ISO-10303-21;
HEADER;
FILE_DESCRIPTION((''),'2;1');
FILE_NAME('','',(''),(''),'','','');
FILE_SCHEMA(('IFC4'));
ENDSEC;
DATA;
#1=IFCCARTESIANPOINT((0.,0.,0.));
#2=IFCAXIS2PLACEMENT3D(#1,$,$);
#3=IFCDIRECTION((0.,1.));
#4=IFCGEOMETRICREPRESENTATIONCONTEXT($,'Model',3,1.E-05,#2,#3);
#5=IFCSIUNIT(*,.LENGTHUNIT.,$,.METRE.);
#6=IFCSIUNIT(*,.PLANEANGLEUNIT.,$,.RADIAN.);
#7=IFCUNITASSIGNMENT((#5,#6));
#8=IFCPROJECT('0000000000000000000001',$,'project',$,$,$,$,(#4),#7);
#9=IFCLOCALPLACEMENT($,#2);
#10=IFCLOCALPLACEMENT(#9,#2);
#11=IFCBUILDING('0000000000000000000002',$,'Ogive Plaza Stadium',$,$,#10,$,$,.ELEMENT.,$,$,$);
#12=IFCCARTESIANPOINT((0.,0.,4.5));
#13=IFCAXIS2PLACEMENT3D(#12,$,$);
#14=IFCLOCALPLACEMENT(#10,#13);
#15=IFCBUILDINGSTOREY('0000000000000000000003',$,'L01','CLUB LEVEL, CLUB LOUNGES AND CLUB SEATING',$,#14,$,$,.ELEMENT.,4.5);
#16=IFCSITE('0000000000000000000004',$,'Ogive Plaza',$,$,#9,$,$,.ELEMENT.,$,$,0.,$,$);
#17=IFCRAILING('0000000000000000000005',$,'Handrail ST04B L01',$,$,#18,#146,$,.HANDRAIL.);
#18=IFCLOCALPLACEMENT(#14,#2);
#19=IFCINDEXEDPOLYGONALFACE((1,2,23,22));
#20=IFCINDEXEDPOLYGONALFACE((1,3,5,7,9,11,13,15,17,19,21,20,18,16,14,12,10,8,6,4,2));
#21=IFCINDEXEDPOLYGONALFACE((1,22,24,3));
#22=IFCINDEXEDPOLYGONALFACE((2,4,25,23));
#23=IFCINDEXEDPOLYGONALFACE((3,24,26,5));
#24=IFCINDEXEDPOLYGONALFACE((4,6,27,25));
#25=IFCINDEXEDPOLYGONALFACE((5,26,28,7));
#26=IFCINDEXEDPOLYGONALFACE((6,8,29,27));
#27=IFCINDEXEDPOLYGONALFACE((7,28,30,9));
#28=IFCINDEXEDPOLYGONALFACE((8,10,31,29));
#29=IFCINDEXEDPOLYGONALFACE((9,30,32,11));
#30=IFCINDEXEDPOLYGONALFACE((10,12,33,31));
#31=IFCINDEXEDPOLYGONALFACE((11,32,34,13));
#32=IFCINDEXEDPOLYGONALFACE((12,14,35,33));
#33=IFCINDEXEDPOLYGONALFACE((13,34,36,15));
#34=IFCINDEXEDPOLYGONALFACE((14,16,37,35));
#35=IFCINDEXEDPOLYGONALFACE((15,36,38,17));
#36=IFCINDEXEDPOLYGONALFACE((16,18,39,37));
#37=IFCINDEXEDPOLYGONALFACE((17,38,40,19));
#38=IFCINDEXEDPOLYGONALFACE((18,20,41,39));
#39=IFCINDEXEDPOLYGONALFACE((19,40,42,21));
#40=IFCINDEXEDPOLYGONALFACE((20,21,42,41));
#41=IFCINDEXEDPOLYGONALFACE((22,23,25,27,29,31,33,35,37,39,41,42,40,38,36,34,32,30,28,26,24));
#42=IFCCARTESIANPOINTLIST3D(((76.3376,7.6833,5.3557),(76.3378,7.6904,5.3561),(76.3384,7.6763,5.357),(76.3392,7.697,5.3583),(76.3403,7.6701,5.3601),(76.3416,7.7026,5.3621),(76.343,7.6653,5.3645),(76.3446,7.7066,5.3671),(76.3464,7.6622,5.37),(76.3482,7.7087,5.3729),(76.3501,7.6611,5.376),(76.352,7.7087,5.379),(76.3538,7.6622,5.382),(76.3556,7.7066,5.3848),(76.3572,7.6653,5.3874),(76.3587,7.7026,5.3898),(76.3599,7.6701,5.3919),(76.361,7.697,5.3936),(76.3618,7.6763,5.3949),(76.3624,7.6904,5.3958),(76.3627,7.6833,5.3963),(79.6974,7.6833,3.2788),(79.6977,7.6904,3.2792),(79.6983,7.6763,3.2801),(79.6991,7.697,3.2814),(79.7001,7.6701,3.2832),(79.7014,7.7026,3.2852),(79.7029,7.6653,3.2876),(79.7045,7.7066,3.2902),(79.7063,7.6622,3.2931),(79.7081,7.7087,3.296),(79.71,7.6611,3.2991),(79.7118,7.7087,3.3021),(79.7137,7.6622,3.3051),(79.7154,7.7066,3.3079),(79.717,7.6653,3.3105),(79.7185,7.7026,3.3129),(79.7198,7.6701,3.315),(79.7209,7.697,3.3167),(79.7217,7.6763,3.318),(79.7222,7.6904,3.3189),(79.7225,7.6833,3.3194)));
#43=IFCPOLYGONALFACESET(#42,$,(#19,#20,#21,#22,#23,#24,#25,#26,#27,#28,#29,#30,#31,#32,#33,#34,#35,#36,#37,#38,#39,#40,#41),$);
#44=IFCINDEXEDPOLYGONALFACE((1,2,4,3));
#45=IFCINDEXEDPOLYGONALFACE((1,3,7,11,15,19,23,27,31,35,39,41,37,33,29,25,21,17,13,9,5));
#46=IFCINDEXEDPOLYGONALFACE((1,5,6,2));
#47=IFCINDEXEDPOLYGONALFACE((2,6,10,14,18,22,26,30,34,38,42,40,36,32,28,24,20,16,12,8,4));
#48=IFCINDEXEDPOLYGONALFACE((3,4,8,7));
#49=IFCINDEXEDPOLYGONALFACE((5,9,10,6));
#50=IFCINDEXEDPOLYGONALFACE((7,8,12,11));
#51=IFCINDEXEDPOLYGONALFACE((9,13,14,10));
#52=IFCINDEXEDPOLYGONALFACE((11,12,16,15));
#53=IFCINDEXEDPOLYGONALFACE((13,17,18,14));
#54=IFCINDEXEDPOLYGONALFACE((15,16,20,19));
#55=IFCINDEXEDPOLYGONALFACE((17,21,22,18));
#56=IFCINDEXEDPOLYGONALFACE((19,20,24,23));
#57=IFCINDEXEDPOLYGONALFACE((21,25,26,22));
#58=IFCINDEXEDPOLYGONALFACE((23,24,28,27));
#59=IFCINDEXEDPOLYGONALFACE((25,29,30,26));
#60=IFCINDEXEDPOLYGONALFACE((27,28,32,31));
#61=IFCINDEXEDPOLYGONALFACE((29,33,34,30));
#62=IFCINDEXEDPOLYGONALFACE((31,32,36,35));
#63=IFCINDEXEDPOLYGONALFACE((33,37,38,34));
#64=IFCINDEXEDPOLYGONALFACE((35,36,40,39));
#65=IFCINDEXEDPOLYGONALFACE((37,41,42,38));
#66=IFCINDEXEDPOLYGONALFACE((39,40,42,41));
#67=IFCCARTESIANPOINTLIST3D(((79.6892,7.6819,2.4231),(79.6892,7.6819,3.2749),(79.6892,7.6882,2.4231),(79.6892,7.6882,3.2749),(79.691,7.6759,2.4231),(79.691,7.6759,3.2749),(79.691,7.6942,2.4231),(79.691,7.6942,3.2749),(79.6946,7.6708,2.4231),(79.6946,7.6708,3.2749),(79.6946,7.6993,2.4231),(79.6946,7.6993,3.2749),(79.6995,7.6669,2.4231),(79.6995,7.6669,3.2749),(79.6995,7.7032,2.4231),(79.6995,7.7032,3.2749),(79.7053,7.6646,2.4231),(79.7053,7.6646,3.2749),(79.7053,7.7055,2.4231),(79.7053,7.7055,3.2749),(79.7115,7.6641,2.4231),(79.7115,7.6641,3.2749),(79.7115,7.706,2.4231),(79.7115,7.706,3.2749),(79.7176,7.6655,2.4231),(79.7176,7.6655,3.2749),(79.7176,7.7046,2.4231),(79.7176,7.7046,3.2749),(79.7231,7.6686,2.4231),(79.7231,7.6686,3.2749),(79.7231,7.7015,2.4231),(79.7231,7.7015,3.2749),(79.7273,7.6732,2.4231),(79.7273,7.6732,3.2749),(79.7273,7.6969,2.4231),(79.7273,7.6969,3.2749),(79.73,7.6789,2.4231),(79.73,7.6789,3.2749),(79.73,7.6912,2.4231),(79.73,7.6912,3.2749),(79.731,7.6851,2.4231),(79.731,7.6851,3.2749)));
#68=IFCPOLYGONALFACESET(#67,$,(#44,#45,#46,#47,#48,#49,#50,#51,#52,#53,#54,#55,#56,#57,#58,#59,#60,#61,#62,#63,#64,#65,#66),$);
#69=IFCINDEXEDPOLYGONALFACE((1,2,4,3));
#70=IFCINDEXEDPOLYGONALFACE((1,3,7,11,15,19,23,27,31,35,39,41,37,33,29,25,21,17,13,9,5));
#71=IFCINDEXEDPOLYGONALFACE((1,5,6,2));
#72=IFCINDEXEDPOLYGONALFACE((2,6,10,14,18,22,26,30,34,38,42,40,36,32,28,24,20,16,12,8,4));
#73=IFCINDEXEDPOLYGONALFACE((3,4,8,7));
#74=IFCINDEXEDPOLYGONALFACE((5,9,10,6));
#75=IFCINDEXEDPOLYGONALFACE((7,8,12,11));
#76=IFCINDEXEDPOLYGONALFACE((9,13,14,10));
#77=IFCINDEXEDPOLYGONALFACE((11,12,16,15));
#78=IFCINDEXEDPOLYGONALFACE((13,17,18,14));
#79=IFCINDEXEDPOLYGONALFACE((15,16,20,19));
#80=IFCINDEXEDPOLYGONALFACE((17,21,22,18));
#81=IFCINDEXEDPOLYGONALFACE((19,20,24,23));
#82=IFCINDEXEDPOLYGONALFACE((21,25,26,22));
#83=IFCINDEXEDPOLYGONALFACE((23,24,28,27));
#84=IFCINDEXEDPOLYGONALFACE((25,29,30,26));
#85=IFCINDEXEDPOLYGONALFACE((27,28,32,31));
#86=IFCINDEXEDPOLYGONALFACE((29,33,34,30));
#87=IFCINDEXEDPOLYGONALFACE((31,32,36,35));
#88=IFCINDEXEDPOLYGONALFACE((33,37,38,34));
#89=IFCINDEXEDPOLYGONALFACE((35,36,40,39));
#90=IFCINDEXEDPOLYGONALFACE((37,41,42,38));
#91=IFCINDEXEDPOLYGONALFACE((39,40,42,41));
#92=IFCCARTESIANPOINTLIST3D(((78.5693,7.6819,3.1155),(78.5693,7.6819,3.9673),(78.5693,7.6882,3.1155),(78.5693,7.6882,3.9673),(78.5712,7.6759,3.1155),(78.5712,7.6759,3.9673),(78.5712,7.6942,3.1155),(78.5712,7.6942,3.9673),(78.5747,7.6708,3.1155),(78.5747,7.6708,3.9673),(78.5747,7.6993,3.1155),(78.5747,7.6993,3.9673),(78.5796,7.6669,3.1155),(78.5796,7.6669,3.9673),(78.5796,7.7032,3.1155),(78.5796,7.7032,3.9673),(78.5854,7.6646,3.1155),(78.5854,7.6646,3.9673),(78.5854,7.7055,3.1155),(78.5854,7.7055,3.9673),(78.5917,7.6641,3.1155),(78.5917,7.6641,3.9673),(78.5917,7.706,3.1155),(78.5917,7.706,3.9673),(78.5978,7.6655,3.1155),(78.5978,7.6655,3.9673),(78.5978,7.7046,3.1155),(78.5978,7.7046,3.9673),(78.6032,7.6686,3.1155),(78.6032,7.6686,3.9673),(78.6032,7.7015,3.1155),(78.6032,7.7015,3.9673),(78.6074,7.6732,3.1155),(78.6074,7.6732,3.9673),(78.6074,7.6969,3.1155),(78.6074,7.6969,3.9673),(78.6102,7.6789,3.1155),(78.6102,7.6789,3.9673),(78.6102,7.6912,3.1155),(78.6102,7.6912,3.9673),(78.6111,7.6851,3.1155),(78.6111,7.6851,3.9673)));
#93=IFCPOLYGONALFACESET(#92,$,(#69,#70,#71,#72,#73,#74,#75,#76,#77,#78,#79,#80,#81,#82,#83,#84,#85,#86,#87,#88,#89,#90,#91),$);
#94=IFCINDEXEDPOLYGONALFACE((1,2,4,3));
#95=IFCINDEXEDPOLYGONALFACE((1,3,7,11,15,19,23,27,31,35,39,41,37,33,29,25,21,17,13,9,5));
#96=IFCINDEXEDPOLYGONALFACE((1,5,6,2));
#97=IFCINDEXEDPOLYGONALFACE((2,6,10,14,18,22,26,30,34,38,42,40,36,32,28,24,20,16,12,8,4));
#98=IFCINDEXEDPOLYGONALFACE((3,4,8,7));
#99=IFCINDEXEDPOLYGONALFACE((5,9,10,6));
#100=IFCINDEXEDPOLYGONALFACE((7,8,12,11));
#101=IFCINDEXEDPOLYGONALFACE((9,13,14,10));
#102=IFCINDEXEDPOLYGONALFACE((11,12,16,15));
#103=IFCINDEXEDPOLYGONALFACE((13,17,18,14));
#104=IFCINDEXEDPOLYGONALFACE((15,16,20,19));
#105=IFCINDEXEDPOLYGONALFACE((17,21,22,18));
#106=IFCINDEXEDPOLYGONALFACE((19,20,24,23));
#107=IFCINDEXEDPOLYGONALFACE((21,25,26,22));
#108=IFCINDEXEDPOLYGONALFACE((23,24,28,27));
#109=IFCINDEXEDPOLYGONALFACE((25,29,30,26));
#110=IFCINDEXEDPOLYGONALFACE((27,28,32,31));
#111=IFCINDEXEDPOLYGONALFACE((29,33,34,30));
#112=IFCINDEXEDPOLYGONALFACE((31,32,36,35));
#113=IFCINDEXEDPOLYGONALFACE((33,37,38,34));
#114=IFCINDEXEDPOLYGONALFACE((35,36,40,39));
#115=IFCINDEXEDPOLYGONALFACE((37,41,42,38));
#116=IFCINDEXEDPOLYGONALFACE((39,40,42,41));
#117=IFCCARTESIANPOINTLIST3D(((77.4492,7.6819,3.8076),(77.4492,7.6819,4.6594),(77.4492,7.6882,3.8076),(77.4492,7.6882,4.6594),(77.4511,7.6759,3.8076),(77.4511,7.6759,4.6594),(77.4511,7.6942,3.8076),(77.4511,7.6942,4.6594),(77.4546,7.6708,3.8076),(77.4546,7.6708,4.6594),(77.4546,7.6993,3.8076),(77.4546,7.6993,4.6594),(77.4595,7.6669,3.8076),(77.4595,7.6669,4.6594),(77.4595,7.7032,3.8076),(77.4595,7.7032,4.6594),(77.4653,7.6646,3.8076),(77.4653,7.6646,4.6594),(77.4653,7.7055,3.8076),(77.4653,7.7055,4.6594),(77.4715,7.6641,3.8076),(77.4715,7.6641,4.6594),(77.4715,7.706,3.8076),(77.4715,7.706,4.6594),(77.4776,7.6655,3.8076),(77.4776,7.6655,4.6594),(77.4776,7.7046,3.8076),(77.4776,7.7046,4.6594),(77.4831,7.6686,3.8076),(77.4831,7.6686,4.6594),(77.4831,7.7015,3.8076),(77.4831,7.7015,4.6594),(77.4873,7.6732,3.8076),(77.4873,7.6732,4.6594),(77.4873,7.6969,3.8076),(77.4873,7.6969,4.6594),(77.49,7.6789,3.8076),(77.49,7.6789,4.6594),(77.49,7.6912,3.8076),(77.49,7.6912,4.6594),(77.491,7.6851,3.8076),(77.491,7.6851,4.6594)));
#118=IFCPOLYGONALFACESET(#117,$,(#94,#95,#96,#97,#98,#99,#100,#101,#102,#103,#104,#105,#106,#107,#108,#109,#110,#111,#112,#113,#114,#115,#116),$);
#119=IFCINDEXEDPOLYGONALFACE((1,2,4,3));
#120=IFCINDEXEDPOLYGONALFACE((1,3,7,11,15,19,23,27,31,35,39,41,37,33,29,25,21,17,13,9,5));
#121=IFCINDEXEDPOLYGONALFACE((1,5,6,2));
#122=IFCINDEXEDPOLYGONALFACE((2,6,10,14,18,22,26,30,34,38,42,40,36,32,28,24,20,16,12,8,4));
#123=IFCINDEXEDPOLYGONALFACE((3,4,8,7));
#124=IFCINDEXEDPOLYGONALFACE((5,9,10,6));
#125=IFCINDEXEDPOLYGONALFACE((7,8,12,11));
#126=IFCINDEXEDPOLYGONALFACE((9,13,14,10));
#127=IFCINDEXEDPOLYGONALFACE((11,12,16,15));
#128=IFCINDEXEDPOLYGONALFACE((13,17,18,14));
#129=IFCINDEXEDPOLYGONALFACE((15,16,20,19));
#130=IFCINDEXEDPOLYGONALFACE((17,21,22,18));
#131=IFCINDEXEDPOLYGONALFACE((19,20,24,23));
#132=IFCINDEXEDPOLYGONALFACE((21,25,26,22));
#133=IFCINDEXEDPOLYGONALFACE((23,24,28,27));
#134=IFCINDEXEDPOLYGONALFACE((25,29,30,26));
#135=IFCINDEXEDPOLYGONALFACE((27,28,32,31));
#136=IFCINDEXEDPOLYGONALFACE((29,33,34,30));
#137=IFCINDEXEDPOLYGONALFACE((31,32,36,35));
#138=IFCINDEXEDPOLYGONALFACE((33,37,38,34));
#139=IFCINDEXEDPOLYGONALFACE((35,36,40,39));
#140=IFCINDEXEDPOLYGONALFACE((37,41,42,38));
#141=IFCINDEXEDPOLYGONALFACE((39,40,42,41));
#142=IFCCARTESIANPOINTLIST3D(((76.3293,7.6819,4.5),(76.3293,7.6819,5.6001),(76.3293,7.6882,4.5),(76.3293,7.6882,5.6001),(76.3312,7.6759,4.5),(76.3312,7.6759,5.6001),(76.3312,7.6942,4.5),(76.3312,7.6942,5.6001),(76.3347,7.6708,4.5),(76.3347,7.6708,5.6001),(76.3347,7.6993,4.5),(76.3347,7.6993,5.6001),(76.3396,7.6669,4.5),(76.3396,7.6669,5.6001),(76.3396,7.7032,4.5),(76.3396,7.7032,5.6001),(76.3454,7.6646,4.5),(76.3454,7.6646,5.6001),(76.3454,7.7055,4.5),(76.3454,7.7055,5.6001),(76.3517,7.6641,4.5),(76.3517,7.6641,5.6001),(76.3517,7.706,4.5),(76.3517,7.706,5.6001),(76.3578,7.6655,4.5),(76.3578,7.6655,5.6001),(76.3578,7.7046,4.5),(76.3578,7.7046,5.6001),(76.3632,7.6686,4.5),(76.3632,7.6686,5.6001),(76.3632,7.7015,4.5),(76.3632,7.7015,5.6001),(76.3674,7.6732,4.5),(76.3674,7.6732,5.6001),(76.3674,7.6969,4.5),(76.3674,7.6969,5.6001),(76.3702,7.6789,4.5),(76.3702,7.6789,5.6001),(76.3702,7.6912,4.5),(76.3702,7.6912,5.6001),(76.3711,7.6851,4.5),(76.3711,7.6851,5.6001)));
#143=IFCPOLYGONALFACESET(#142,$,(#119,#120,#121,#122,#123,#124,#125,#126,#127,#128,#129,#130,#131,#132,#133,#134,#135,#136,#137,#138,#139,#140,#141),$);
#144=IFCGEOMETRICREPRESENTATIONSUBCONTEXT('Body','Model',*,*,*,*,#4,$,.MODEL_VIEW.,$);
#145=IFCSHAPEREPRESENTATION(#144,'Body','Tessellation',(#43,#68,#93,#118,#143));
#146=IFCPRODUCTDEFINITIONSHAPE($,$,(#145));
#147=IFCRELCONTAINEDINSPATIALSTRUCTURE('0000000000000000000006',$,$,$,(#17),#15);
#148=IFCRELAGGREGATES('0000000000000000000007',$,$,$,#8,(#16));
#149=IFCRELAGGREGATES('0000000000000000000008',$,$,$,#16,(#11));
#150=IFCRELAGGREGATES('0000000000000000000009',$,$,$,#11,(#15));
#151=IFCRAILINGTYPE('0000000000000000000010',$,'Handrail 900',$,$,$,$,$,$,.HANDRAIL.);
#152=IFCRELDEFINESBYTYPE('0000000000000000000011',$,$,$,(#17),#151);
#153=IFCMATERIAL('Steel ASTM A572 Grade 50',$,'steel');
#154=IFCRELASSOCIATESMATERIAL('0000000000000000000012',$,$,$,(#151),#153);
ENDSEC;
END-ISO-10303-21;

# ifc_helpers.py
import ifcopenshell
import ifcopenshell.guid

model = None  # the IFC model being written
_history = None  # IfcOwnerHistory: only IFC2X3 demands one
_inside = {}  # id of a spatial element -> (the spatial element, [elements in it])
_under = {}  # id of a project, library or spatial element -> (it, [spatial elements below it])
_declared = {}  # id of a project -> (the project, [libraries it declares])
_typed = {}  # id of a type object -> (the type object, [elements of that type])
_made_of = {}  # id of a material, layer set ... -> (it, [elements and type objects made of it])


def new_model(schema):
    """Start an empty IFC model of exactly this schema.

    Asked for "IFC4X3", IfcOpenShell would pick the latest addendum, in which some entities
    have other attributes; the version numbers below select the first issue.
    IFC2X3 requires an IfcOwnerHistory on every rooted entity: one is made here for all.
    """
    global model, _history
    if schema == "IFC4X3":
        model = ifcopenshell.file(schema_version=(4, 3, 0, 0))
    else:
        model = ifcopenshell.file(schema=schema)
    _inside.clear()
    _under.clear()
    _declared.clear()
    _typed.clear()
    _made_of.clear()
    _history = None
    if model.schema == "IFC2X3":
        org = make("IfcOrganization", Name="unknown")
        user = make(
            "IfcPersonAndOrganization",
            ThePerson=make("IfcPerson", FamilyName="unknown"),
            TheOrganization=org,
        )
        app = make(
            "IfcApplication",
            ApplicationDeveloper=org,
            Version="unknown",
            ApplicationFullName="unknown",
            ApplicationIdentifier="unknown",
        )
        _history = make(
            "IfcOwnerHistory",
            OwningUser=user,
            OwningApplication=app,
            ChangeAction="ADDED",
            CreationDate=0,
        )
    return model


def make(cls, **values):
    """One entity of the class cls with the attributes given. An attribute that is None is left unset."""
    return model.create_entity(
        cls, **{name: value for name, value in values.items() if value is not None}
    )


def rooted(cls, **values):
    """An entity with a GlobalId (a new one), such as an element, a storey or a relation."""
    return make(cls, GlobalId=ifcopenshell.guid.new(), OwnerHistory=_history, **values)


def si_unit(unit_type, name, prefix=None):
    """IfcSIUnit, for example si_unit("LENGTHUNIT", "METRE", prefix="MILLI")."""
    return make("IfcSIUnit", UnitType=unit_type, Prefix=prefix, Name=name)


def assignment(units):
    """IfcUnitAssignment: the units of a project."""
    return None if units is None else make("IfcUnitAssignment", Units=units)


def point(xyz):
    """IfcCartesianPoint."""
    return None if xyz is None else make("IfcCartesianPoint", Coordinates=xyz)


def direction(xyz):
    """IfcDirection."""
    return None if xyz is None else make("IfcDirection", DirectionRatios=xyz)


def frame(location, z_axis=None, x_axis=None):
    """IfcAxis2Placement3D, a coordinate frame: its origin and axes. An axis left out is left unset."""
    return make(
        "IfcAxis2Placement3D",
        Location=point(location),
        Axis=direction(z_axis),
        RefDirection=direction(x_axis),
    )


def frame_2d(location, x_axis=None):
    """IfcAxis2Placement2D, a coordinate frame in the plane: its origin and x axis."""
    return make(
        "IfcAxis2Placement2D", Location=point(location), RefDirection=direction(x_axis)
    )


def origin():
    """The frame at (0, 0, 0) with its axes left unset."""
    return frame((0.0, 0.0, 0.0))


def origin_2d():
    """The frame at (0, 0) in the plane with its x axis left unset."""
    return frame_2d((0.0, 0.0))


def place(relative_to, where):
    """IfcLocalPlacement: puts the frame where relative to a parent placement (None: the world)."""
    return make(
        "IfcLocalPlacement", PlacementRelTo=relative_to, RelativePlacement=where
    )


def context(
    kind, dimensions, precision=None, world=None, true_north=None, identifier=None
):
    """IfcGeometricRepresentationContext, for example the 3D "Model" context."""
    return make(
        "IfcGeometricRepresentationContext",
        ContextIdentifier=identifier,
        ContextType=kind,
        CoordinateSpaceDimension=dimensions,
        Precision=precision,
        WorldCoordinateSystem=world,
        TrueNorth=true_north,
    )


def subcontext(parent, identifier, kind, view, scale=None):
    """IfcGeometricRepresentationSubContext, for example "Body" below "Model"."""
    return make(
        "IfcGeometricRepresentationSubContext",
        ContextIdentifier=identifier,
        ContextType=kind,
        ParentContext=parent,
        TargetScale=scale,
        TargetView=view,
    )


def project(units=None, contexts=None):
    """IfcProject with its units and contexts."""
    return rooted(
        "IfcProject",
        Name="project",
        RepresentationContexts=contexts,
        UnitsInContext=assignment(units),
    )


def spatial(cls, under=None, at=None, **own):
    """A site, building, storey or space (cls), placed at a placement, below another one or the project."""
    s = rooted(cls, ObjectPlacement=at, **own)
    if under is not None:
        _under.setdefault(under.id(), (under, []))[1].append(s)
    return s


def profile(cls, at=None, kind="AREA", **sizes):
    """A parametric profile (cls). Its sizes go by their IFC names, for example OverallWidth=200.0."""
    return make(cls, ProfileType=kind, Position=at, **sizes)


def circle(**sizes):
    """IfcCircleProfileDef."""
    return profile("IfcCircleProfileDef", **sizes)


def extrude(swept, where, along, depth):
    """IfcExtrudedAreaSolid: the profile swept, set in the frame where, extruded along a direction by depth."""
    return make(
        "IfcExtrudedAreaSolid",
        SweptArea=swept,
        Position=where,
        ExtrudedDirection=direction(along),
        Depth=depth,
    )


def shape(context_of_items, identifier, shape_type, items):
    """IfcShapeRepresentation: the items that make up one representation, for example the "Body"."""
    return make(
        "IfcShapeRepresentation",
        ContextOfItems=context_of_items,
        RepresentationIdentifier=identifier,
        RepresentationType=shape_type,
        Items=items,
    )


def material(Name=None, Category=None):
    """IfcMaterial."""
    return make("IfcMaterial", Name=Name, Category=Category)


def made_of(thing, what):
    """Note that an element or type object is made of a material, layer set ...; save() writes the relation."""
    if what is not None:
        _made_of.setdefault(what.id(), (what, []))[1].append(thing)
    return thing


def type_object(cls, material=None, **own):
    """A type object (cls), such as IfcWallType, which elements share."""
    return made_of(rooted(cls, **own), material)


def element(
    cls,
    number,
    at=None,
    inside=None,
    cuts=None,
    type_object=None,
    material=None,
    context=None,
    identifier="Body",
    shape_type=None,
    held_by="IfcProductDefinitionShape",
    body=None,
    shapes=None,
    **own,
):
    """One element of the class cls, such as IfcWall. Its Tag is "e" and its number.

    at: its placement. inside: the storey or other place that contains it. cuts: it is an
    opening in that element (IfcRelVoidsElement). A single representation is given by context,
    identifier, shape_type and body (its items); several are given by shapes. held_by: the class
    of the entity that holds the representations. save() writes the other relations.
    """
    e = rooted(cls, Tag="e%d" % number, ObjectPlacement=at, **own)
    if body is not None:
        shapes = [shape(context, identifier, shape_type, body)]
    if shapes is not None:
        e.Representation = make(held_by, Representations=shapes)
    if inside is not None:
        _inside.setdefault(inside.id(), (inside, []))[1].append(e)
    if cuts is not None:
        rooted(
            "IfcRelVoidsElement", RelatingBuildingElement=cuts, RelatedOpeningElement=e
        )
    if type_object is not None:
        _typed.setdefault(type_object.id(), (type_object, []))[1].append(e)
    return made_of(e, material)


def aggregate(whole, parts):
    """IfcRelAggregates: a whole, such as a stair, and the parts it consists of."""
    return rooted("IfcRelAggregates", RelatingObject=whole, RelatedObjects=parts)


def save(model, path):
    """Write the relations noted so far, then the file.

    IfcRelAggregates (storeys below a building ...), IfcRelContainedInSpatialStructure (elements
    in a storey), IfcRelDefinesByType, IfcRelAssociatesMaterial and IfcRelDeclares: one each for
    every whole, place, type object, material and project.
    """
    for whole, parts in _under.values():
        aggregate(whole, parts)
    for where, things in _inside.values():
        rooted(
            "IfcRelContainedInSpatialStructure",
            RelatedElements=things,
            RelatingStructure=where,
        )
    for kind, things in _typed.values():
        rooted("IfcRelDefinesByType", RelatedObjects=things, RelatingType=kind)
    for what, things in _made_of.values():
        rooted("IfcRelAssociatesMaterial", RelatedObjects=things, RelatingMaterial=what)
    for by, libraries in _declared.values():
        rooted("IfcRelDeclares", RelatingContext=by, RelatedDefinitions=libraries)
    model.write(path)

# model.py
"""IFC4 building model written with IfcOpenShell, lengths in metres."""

from ifc_helpers import new_model, si_unit, direction, frame, origin, origin_2d, place, context, subcontext, project, spatial, circle, extrude, material, type_object, element, save


model = new_model("IFC4")

# Units and contexts
model_context = context("Model", 3, precision=1e-05, world=origin(), true_north=direction((0.0, 1.0)))
body_context = subcontext(model_context, "Body", "Model", "MODEL_VIEW")
ifc_project = project(units=[si_unit("LENGTHUNIT", "METRE"), si_unit("PLANEANGLEUNIT", "RADIAN")], contexts=[model_context])

# Site, building, storey
site_placement = place(None, origin())
site = spatial("IfcSite", under=ifc_project, at=site_placement, Name="Ogive Plaza", CompositionType="ELEMENT", RefElevation=0.0)
building_placement = place(site_placement, origin())
building = spatial("IfcBuilding", under=site, at=building_placement, Name="Ogive Plaza Stadium", CompositionType="ELEMENT")
storey_placement = place(building_placement, frame((0.0, 0.0, 4.5)))
storey = spatial("IfcBuildingStorey", under=building, at=storey_placement, Name="L01", Description="CLUB LEVEL, CLUB LOUNGES AND CLUB SEATING", CompositionType="ELEMENT", Elevation=4.5)

# Railing
ifc_material_1 = material(Name="Steel ASTM A572 Grade 50", Category="steel")
railing_type_1 = type_object("IfcRailingType", Name="Handrail 900", PredefinedType="HANDRAIL", material=ifc_material_1)
for number, where, name in (
    (1, (79.71, 7.6851, 2.4231), "Handrail ST04B L01"),
):
    element("IfcRailing", number, at=place(storey_placement, frame(where)), inside=storey, type_object=railing_type_1, Name=name, PredefinedType="HANDRAIL", context=body_context, shape_type="SweptSolid", body=[
        extrude(circle(Radius=0.0239, at=origin_2d()), frame((0.0, 0.0, 0.876), z_axis=(-0.850606, 0.0, 0.525803), x_axis=(0.0, -1.0, 0.0)), (0.0, 0.0, 1.0), 3.95),
        extrude(circle(Radius=0.021, at=origin_2d()), origin(), (0.0, 0.0, 1.0), 0.8518),
        extrude(circle(Radius=0.021, at=origin_2d()), frame((-1.1199, 0.0, 0.6924)), (0.0, 0.0, 1.0), 0.8518),
        extrude(circle(Radius=0.021, at=origin_2d()), frame((-2.24, 0.0, 1.3845)), (0.0, 0.0, 1.0), 0.8518),
        extrude(circle(Radius=0.021, at=origin_2d()), frame((-3.3599, 0.0, 2.0769)), (0.0, 0.0, 1.0), 1.1001),
    ])

save(model, "model.ifc")
